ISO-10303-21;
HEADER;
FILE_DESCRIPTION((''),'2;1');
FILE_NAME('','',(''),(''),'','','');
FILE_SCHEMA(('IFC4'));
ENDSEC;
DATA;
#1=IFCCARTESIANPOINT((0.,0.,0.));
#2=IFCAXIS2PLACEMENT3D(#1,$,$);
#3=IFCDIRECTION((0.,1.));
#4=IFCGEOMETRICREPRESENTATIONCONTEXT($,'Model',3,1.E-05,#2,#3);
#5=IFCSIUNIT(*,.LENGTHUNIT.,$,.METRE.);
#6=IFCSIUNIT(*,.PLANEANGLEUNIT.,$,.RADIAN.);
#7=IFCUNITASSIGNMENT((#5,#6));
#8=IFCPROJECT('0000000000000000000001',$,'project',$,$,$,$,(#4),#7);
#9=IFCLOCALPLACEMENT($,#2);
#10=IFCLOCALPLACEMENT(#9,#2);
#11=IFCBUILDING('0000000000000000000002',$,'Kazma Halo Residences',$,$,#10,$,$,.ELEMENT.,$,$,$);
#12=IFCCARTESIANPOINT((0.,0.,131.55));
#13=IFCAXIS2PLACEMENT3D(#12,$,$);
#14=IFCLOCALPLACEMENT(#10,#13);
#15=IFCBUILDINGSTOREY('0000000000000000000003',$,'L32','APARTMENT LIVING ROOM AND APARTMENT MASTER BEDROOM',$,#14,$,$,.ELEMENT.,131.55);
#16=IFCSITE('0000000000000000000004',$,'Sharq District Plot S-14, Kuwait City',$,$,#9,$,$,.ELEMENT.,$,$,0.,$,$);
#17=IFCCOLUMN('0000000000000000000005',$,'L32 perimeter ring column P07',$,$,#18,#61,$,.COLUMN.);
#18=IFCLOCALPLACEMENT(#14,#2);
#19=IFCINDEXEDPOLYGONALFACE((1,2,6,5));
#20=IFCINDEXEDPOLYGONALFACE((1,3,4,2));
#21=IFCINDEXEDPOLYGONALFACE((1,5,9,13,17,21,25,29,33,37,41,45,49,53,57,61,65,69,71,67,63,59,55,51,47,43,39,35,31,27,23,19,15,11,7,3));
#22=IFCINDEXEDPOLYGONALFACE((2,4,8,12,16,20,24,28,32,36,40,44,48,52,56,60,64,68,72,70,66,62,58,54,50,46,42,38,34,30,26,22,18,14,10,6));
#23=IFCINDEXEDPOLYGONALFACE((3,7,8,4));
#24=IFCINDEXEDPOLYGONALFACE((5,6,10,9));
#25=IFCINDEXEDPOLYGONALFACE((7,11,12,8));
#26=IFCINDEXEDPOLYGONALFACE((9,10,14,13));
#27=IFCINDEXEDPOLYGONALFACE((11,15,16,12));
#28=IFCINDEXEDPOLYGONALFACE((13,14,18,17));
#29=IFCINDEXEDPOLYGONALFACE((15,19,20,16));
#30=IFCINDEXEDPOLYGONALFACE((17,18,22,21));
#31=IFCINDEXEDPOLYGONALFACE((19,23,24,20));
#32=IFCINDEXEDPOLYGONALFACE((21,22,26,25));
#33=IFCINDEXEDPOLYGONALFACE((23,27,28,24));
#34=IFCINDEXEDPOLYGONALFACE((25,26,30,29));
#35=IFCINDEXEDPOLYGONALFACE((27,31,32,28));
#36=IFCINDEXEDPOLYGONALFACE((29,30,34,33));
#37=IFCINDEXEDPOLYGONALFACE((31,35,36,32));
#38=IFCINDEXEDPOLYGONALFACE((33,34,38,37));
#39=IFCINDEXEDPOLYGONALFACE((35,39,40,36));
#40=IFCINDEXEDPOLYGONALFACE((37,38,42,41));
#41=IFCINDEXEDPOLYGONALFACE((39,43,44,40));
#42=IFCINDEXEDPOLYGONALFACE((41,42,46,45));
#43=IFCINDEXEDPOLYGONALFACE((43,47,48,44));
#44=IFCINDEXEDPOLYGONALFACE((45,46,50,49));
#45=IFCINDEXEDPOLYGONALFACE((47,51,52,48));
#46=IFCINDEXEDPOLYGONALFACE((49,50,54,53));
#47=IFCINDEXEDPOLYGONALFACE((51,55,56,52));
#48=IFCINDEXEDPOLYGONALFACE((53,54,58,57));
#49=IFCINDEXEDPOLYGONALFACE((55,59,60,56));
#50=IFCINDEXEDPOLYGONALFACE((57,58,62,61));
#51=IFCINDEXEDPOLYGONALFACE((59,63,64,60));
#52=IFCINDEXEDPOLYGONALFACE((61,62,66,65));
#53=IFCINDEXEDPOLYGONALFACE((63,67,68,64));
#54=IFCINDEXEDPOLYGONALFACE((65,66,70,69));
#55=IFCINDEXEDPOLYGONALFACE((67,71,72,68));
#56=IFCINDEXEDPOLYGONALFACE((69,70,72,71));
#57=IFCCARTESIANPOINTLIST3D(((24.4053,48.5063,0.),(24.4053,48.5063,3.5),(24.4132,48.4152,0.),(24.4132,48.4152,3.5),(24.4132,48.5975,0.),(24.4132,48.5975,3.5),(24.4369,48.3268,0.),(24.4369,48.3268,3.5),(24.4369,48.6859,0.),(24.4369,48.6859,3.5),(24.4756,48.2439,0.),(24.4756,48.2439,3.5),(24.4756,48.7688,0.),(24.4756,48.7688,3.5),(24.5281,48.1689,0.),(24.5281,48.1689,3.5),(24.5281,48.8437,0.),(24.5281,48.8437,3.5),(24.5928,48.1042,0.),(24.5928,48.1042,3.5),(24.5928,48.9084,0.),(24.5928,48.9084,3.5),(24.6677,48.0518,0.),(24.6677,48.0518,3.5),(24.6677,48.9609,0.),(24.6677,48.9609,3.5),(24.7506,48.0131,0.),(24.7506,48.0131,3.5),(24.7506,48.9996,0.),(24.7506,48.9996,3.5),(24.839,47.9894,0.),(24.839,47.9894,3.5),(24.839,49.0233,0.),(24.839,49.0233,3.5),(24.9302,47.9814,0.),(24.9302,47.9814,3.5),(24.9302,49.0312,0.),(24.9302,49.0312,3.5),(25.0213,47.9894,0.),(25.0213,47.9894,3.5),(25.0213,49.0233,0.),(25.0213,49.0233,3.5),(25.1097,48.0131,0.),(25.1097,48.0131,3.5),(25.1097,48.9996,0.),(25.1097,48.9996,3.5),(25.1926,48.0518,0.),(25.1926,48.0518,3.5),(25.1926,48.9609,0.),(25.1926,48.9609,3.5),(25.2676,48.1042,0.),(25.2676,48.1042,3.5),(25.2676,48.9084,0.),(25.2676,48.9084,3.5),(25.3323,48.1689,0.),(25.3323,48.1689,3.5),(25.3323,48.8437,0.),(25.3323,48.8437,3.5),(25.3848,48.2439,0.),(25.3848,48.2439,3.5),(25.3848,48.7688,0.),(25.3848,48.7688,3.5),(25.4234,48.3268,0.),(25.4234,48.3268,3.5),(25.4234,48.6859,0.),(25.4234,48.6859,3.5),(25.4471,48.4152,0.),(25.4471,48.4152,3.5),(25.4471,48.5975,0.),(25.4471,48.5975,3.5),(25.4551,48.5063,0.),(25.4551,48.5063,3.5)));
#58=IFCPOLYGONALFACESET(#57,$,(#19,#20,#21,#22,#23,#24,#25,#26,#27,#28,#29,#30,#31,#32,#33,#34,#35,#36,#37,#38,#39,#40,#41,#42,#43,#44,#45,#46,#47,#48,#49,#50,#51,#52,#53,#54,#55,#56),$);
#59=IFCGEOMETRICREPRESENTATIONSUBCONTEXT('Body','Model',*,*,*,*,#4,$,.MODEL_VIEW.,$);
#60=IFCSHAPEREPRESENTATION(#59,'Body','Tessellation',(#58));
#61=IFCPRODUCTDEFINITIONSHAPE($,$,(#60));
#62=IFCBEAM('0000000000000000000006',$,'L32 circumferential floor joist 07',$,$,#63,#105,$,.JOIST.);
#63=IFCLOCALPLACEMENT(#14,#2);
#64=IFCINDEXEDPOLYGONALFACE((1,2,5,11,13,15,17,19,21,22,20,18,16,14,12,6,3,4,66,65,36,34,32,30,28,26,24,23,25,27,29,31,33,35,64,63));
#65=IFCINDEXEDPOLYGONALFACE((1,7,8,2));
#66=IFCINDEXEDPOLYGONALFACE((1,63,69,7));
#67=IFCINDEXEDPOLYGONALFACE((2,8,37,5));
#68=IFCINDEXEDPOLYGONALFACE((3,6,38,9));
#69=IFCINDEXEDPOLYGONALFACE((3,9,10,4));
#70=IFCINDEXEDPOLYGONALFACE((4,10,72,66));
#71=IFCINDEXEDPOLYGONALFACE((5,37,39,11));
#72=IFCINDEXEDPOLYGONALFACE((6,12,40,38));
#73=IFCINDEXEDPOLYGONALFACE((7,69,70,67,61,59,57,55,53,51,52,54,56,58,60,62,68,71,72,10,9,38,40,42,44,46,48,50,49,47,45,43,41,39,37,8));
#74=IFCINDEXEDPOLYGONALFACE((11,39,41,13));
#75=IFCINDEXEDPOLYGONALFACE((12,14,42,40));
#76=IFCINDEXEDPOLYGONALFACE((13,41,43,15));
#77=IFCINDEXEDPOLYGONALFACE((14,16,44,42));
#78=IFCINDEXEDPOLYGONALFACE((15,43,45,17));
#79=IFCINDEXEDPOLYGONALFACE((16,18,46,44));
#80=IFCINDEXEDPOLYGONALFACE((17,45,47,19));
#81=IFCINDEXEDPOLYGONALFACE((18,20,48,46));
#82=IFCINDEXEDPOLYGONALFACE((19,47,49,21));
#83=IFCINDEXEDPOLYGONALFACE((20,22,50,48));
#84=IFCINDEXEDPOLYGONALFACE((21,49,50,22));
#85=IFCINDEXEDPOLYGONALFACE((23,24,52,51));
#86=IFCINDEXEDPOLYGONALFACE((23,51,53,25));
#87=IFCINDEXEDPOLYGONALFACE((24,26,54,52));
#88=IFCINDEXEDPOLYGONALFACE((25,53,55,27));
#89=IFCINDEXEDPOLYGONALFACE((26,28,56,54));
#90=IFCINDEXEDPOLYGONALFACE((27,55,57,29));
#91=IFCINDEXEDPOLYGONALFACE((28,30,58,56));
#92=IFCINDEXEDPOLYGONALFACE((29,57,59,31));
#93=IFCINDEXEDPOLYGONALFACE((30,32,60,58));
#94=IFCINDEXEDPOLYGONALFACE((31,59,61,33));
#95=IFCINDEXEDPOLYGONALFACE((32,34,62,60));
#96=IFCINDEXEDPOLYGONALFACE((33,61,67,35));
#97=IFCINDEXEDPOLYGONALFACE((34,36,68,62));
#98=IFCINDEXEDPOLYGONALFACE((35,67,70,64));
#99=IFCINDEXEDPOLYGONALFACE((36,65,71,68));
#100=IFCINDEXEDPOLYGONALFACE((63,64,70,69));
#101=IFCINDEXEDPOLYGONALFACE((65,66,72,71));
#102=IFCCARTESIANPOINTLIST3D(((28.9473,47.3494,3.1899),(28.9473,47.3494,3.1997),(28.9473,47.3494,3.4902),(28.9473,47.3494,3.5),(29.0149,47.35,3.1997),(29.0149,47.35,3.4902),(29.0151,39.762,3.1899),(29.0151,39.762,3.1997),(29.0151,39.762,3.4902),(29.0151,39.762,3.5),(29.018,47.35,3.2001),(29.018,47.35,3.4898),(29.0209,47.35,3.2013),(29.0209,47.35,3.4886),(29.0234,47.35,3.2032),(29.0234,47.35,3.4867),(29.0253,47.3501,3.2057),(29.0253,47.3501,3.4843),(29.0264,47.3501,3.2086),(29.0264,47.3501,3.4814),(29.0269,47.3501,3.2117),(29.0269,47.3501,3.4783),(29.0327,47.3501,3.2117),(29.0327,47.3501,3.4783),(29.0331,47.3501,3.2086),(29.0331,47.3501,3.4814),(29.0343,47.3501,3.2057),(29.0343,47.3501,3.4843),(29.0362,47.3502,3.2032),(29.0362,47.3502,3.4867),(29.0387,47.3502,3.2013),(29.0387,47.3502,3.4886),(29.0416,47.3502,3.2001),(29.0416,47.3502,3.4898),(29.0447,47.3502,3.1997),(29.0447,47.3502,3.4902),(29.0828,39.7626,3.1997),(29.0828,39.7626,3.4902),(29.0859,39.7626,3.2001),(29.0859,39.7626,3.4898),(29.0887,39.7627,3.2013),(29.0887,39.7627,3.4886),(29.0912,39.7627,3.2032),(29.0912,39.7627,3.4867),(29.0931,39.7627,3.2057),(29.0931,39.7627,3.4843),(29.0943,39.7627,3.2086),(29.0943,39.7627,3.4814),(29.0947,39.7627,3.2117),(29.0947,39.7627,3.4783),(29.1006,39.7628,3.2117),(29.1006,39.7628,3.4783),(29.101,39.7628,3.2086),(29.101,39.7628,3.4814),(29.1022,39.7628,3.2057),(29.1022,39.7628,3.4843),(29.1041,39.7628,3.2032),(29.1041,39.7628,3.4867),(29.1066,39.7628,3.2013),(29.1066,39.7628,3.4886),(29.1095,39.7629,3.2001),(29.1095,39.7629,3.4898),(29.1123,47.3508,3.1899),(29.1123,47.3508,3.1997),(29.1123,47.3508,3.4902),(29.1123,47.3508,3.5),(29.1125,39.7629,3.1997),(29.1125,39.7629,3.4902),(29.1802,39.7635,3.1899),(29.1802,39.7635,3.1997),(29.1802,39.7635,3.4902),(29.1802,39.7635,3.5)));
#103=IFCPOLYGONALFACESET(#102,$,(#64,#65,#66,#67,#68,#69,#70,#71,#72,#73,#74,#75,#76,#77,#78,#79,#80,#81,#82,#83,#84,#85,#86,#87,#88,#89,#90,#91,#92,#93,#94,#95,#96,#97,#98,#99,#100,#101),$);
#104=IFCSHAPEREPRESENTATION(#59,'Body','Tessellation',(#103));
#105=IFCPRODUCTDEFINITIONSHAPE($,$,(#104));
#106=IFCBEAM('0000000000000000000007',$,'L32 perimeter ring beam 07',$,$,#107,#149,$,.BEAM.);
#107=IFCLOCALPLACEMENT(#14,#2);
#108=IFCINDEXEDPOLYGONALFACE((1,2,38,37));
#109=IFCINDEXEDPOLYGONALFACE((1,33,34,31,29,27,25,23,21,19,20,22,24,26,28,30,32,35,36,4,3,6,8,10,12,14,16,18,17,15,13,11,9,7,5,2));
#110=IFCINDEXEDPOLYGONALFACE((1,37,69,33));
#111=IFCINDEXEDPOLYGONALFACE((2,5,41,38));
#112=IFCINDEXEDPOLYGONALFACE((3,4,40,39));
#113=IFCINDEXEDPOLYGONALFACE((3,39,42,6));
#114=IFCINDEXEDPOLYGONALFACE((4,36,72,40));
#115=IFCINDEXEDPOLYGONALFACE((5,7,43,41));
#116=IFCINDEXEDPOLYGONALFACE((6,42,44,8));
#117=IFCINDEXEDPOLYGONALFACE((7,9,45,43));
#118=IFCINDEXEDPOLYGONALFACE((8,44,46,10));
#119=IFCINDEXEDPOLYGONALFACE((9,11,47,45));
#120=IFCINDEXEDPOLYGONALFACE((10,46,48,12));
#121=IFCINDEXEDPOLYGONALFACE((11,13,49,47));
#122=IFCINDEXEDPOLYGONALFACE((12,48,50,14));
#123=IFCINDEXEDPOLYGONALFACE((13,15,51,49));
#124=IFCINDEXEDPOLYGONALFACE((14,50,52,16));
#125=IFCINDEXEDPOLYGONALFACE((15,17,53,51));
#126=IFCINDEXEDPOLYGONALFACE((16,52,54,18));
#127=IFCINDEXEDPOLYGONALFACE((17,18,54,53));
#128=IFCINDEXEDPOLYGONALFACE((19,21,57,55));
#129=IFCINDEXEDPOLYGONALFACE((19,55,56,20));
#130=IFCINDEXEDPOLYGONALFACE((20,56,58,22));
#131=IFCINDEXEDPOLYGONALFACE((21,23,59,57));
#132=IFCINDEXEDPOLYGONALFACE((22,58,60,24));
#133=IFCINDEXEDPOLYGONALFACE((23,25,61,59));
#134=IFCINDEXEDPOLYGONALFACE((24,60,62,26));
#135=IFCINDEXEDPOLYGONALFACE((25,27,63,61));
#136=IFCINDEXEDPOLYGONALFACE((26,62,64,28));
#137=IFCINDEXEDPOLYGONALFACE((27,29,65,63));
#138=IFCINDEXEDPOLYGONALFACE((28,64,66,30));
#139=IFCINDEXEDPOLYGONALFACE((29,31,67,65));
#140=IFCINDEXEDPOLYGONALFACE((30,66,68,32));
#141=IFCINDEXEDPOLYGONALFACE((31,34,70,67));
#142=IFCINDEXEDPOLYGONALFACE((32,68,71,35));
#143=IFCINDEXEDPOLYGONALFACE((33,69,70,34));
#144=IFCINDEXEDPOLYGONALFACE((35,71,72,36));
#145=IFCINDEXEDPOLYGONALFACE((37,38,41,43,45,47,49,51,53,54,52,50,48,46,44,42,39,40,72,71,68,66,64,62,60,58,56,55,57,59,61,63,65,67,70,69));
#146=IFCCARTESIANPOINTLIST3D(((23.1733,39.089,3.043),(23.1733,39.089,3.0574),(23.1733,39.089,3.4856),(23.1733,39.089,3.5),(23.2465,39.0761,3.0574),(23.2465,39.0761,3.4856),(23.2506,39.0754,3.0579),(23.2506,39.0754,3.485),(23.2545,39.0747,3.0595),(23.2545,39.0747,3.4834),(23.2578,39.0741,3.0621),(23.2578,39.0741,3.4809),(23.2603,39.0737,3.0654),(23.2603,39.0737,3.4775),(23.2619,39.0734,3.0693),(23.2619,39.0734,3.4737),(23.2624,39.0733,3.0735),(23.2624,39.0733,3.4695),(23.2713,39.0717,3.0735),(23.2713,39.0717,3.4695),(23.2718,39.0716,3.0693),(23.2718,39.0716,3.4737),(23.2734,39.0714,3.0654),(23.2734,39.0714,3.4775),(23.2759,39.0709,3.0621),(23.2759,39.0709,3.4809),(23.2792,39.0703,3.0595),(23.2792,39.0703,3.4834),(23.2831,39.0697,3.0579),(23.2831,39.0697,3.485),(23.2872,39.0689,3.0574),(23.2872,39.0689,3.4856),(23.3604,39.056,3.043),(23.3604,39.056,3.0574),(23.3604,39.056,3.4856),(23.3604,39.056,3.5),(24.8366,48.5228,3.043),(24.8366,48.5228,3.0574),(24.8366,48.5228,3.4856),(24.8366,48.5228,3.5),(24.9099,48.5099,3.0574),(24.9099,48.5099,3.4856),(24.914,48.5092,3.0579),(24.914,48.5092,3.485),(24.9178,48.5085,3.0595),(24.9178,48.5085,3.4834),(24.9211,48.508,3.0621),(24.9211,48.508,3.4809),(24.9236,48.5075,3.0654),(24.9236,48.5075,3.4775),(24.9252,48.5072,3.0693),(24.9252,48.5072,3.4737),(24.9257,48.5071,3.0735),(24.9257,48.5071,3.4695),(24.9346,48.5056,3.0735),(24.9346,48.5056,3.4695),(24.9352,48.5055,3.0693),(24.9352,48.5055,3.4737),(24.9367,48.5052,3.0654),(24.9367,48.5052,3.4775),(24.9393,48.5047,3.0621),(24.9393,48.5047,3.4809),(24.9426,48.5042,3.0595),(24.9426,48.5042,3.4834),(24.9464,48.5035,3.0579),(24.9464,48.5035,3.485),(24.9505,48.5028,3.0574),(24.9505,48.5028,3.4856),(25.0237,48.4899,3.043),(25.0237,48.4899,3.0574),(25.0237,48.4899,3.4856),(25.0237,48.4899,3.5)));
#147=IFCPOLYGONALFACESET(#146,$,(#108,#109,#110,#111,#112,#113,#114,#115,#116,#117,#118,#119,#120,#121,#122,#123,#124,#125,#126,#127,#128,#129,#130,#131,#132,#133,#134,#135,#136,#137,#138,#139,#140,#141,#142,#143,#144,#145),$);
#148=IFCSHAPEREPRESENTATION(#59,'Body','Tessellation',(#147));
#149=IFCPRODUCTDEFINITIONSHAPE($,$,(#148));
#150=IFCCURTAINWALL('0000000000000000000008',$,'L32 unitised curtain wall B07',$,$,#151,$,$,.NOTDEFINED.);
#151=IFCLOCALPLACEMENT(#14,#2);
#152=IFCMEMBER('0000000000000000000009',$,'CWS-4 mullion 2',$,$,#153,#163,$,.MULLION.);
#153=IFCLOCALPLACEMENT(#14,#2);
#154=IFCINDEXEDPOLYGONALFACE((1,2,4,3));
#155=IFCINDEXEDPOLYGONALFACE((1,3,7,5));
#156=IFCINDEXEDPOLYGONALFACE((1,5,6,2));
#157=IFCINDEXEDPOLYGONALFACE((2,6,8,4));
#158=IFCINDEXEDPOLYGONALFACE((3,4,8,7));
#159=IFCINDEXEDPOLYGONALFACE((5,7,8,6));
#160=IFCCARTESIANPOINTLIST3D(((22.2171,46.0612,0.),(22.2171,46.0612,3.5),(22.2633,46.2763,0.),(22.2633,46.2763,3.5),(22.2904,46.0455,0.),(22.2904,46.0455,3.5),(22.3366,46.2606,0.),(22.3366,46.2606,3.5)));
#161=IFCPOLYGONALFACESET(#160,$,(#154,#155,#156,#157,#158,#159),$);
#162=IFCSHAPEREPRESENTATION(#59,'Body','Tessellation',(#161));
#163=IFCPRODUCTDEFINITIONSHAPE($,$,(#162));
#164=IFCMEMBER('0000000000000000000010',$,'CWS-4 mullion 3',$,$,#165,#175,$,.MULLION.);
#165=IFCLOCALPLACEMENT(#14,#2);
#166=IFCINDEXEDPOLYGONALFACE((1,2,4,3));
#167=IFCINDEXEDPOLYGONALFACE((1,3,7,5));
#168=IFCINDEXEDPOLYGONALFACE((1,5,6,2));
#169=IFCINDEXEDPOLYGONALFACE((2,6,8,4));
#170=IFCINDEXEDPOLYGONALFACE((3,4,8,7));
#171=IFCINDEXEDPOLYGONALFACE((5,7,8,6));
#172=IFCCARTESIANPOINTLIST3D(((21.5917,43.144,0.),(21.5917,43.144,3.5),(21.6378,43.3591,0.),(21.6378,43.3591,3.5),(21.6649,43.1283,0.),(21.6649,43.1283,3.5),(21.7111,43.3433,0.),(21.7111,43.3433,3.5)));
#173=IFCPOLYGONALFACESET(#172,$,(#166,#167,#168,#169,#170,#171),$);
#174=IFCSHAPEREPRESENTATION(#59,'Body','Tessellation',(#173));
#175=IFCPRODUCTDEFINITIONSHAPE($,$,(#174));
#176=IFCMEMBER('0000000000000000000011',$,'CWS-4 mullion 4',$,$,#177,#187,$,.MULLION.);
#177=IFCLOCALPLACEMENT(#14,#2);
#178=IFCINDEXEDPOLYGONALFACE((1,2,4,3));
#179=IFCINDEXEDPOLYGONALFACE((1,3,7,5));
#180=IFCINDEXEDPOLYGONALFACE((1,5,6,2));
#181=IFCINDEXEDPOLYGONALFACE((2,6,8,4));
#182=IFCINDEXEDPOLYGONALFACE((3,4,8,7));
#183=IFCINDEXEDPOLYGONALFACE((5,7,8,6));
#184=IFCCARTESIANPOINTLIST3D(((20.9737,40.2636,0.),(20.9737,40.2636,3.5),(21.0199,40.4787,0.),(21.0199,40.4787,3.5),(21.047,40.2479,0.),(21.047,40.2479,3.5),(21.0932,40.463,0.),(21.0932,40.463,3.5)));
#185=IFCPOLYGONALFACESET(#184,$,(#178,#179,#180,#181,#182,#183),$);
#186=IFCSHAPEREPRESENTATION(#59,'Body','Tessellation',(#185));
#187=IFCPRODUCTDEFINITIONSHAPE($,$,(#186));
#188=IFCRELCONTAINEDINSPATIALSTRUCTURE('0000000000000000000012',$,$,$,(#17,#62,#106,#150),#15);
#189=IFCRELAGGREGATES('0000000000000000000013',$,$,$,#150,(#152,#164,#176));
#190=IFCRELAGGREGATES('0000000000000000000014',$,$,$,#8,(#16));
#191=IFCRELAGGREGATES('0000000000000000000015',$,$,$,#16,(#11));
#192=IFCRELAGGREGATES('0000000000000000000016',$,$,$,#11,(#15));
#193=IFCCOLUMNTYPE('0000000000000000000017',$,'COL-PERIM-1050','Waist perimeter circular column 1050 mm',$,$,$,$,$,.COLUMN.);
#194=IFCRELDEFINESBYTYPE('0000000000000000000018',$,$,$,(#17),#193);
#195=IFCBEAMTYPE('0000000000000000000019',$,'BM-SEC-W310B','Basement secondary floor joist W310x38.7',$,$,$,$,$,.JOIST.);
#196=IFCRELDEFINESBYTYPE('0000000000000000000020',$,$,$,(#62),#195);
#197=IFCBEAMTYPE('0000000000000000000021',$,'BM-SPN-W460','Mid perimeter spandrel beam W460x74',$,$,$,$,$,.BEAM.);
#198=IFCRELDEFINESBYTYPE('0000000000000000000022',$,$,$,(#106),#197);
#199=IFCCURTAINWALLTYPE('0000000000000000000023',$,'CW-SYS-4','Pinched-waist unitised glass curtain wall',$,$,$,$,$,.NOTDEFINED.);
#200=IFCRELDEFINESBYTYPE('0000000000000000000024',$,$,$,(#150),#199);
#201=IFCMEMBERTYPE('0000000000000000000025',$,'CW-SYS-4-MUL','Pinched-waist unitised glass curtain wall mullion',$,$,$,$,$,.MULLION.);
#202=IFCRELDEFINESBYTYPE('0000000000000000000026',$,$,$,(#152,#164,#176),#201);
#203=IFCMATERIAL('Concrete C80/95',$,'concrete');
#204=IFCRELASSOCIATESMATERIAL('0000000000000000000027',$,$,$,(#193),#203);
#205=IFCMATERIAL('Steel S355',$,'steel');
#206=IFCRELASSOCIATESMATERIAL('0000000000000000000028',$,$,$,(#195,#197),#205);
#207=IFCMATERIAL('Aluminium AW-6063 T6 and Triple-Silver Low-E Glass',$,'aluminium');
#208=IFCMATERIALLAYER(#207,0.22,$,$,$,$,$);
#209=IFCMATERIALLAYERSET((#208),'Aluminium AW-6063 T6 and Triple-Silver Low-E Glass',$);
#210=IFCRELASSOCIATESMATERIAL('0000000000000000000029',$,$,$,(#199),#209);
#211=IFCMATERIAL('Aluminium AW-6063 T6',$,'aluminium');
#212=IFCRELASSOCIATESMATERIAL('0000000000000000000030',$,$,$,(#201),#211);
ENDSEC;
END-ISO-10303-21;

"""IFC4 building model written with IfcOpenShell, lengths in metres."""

from ifc_helpers import new_model, si_unit, direction, frame, origin, origin_2d, place, context, subcontext, project, spatial, rectangle, circle, i_section, extrude, material, layer, layer_set, material_profile, profile_set, type_object, element, aggregate, save


model = new_model("IFC4")

# Units and contexts
model_context = context("Model", 3, precision=1e-05, world=origin(), true_north=direction((0.0, 1.0)))
body_context = subcontext(model_context, "Body", "Model", "MODEL_VIEW")
ifc_project = project(units=[si_unit("LENGTHUNIT", "METRE"), si_unit("PLANEANGLEUNIT", "RADIAN")], contexts=[model_context])

# Site, building, storey
site_placement = place(None, origin())
site = spatial("IfcSite", under=ifc_project, at=site_placement, Name="Sharq District Plot S-14, Kuwait City", CompositionType="ELEMENT", RefElevation=0.0)
building_placement = place(site_placement, origin())
building = spatial("IfcBuilding", under=site, at=building_placement, Name="Kazma Halo Residences", CompositionType="ELEMENT")
storey_placement = place(building_placement, frame((0.0, 0.0, 131.55)))
storey = spatial("IfcBuildingStorey", under=building, at=storey_placement, Name="L32", Description="APARTMENT LIVING ROOM AND APARTMENT MASTER BEDROOM", CompositionType="ELEMENT", Elevation=131.55)

# Column
ifc_material_1 = material(Name="Concrete C80/95", Category="concrete")
ifc_material_profile_1 = material_profile(ifc_material_1, circle(Radius=0.5249, at=origin_2d()), Name="CIRC1050")
ifc_profile_set_1 = profile_set([ifc_material_profile_1], Name="Concrete C80/95")
column_type = type_object("IfcColumnType", Name="COL-PERIM-1050", Description="Waist perimeter circular column 1050 mm", PredefinedType="COLUMN", material=ifc_profile_set_1)
column_placement = place(storey_placement, frame((24.9302, 48.5063, 0.0), z_axis=(0.0, 0.0, 1.0), x_axis=(1.0, 0.0, 0.0)))
element("IfcColumn", 1, at=column_placement, inside=storey, type_object=column_type, Name="L32 perimeter ring column P07", PredefinedType="COLUMN", context=body_context, shape_type="SweptSolid", body=[
    extrude(circle(Radius=0.5249, at=origin_2d()), origin(), (0.0, 0.0, 1.0), 3.5),
])

# Beams
ifc_material_2 = material(Name="Steel S355", Category="steel")
ifc_material_profile_2 = material_profile(ifc_material_2, i_section(OverallWidth=0.165, OverallDepth=0.3101, WebThickness=0.0059, FlangeThickness=0.0098, FilletRadius=0.012, at=origin_2d()), Name="W310x38.7")
ifc_profile_set_2 = profile_set([ifc_material_profile_2], Name="Steel S355")
beam_type_1 = type_object("IfcBeamType", Name="BM-SEC-W310B", Description="Basement secondary floor joist W310x38.7", PredefinedType="JOIST", material=ifc_profile_set_2)
beam_1_placement = place(storey_placement, frame((29.0298, 47.3501, 3.345), z_axis=(0.008945, -0.99996, 0.0), x_axis=(0.99996, 0.008945, 0.0)))
element("IfcBeam", 2, at=beam_1_placement, inside=storey, type_object=beam_type_1, Name="L32 circumferential floor joist 07", PredefinedType="JOIST", context=body_context, shape_type="SweptSolid", body=[
    extrude(i_section(OverallWidth=0.165, OverallDepth=0.3101, WebThickness=0.0059, FlangeThickness=0.0098, FilletRadius=0.012, at=origin_2d()), origin(), (0.0, 0.0, 1.0), 7.5876),
])
ifc_material_profile_3 = material_profile(ifc_material_2, i_section(OverallWidth=0.1899, OverallDepth=0.457, WebThickness=0.009, FlangeThickness=0.0144, FilletRadius=0.0161, at=origin_2d()), Name="W460x74")
ifc_profile_set_3 = profile_set([ifc_material_profile_3], Name="Steel S355")
beam_type_2 = type_object("IfcBeamType", Name="BM-SPN-W460", Description="Mid perimeter spandrel beam W460x74", PredefinedType="BEAM", material=ifc_profile_set_3)
beam_2_placement = place(storey_placement, frame((24.9302, 48.5063, 3.2715), z_axis=(-0.173637, -0.98481, 0.0), x_axis=(0.98481, -0.173637, 0.0)))
element("IfcBeam", 3, at=beam_2_placement, inside=storey, type_object=beam_type_2, Name="L32 perimeter ring beam 07", PredefinedType="BEAM", context=body_context, shape_type="SweptSolid", body=[
    extrude(i_section(OverallWidth=0.1899, OverallDepth=0.457, WebThickness=0.009, FlangeThickness=0.0144, FilletRadius=0.0161, at=origin_2d()), origin(), (0.0, 0.0, 1.0), 9.5793),
])

# Curtain wall, members
ifc_material_3 = material(Name="Aluminium AW-6063 T6 and Triple-Silver Low-E Glass", Category="aluminium")
ifc_layer_1 = layer(ifc_material_3, 0.22)
ifc_layer_set_1 = layer_set([ifc_layer_1], Name="Aluminium AW-6063 T6 and Triple-Silver Low-E Glass")
curtain_wall_type = type_object("IfcCurtainWallType", Name="CW-SYS-4", Description="Pinched-waist unitised glass curtain wall", PredefinedType="NOTDEFINED", material=ifc_layer_set_1)
curtain_wall_placement = place(storey_placement, origin())
curtain_wall = element("IfcCurtainWall", 4, at=curtain_wall_placement, inside=storey, type_object=curtain_wall_type, Name="L32 unitised curtain wall B07", PredefinedType="NOTDEFINED")
ifc_material_4 = material(Name="Aluminium AW-6063 T6", Category="aluminium")
ifc_material_profile_4 = material_profile(ifc_material_4, rectangle(XDim=0.075, YDim=0.22, at=origin_2d()), Name="CWM-75x220")
ifc_profile_set_4 = profile_set([ifc_material_profile_4], Name="Aluminium AW-6063 T6")
member_type_1 = type_object("IfcMemberType", Name="CW-SYS-4-MUL", Description="Pinched-waist unitised glass curtain wall mullion", PredefinedType="MULLION", material=ifc_profile_set_4)
member_1_placement = place(storey_placement, frame((22.2769, 46.1609, 0.0), z_axis=(0.0, 0.0, 1.0), x_axis=(0.977765, -0.209704, 0.0)))
member_1 = element("IfcMember", 5, at=member_1_placement, type_object=member_type_1, Name="CWS-4 mullion 2", PredefinedType="MULLION", context=body_context, shape_type="SweptSolid", body=[
    extrude(rectangle(XDim=0.075, YDim=0.22, at=origin_2d()), origin(), (0.0, 0.0, 1.0), 3.5),
])
member_2_placement = place(storey_placement, frame((21.6514, 43.2437, 0.0), z_axis=(0.0, 0.0, 1.0), x_axis=(0.977765, -0.209704, 0.0)))
member_2 = element("IfcMember", 6, at=member_2_placement, type_object=member_type_1, Name="CWS-4 mullion 3", PredefinedType="MULLION", context=body_context, shape_type="SweptSolid", body=[
    extrude(rectangle(XDim=0.075, YDim=0.22, at=origin_2d()), origin(), (0.0, 0.0, 1.0), 3.5),
])
member_3_placement = place(storey_placement, frame((21.0334, 40.3633, 0.0), z_axis=(0.0, 0.0, 1.0), x_axis=(0.977765, -0.209704, 0.0)))
member_3 = element("IfcMember", 7, at=member_3_placement, type_object=member_type_1, Name="CWS-4 mullion 4", PredefinedType="MULLION", context=body_context, shape_type="SweptSolid", body=[
    extrude(rectangle(XDim=0.075, YDim=0.22, at=origin_2d()), origin(), (0.0, 0.0, 1.0), 3.5),
])
aggregate(curtain_wall, [member_1, member_2, member_3])

save(model, "model.ifc")
